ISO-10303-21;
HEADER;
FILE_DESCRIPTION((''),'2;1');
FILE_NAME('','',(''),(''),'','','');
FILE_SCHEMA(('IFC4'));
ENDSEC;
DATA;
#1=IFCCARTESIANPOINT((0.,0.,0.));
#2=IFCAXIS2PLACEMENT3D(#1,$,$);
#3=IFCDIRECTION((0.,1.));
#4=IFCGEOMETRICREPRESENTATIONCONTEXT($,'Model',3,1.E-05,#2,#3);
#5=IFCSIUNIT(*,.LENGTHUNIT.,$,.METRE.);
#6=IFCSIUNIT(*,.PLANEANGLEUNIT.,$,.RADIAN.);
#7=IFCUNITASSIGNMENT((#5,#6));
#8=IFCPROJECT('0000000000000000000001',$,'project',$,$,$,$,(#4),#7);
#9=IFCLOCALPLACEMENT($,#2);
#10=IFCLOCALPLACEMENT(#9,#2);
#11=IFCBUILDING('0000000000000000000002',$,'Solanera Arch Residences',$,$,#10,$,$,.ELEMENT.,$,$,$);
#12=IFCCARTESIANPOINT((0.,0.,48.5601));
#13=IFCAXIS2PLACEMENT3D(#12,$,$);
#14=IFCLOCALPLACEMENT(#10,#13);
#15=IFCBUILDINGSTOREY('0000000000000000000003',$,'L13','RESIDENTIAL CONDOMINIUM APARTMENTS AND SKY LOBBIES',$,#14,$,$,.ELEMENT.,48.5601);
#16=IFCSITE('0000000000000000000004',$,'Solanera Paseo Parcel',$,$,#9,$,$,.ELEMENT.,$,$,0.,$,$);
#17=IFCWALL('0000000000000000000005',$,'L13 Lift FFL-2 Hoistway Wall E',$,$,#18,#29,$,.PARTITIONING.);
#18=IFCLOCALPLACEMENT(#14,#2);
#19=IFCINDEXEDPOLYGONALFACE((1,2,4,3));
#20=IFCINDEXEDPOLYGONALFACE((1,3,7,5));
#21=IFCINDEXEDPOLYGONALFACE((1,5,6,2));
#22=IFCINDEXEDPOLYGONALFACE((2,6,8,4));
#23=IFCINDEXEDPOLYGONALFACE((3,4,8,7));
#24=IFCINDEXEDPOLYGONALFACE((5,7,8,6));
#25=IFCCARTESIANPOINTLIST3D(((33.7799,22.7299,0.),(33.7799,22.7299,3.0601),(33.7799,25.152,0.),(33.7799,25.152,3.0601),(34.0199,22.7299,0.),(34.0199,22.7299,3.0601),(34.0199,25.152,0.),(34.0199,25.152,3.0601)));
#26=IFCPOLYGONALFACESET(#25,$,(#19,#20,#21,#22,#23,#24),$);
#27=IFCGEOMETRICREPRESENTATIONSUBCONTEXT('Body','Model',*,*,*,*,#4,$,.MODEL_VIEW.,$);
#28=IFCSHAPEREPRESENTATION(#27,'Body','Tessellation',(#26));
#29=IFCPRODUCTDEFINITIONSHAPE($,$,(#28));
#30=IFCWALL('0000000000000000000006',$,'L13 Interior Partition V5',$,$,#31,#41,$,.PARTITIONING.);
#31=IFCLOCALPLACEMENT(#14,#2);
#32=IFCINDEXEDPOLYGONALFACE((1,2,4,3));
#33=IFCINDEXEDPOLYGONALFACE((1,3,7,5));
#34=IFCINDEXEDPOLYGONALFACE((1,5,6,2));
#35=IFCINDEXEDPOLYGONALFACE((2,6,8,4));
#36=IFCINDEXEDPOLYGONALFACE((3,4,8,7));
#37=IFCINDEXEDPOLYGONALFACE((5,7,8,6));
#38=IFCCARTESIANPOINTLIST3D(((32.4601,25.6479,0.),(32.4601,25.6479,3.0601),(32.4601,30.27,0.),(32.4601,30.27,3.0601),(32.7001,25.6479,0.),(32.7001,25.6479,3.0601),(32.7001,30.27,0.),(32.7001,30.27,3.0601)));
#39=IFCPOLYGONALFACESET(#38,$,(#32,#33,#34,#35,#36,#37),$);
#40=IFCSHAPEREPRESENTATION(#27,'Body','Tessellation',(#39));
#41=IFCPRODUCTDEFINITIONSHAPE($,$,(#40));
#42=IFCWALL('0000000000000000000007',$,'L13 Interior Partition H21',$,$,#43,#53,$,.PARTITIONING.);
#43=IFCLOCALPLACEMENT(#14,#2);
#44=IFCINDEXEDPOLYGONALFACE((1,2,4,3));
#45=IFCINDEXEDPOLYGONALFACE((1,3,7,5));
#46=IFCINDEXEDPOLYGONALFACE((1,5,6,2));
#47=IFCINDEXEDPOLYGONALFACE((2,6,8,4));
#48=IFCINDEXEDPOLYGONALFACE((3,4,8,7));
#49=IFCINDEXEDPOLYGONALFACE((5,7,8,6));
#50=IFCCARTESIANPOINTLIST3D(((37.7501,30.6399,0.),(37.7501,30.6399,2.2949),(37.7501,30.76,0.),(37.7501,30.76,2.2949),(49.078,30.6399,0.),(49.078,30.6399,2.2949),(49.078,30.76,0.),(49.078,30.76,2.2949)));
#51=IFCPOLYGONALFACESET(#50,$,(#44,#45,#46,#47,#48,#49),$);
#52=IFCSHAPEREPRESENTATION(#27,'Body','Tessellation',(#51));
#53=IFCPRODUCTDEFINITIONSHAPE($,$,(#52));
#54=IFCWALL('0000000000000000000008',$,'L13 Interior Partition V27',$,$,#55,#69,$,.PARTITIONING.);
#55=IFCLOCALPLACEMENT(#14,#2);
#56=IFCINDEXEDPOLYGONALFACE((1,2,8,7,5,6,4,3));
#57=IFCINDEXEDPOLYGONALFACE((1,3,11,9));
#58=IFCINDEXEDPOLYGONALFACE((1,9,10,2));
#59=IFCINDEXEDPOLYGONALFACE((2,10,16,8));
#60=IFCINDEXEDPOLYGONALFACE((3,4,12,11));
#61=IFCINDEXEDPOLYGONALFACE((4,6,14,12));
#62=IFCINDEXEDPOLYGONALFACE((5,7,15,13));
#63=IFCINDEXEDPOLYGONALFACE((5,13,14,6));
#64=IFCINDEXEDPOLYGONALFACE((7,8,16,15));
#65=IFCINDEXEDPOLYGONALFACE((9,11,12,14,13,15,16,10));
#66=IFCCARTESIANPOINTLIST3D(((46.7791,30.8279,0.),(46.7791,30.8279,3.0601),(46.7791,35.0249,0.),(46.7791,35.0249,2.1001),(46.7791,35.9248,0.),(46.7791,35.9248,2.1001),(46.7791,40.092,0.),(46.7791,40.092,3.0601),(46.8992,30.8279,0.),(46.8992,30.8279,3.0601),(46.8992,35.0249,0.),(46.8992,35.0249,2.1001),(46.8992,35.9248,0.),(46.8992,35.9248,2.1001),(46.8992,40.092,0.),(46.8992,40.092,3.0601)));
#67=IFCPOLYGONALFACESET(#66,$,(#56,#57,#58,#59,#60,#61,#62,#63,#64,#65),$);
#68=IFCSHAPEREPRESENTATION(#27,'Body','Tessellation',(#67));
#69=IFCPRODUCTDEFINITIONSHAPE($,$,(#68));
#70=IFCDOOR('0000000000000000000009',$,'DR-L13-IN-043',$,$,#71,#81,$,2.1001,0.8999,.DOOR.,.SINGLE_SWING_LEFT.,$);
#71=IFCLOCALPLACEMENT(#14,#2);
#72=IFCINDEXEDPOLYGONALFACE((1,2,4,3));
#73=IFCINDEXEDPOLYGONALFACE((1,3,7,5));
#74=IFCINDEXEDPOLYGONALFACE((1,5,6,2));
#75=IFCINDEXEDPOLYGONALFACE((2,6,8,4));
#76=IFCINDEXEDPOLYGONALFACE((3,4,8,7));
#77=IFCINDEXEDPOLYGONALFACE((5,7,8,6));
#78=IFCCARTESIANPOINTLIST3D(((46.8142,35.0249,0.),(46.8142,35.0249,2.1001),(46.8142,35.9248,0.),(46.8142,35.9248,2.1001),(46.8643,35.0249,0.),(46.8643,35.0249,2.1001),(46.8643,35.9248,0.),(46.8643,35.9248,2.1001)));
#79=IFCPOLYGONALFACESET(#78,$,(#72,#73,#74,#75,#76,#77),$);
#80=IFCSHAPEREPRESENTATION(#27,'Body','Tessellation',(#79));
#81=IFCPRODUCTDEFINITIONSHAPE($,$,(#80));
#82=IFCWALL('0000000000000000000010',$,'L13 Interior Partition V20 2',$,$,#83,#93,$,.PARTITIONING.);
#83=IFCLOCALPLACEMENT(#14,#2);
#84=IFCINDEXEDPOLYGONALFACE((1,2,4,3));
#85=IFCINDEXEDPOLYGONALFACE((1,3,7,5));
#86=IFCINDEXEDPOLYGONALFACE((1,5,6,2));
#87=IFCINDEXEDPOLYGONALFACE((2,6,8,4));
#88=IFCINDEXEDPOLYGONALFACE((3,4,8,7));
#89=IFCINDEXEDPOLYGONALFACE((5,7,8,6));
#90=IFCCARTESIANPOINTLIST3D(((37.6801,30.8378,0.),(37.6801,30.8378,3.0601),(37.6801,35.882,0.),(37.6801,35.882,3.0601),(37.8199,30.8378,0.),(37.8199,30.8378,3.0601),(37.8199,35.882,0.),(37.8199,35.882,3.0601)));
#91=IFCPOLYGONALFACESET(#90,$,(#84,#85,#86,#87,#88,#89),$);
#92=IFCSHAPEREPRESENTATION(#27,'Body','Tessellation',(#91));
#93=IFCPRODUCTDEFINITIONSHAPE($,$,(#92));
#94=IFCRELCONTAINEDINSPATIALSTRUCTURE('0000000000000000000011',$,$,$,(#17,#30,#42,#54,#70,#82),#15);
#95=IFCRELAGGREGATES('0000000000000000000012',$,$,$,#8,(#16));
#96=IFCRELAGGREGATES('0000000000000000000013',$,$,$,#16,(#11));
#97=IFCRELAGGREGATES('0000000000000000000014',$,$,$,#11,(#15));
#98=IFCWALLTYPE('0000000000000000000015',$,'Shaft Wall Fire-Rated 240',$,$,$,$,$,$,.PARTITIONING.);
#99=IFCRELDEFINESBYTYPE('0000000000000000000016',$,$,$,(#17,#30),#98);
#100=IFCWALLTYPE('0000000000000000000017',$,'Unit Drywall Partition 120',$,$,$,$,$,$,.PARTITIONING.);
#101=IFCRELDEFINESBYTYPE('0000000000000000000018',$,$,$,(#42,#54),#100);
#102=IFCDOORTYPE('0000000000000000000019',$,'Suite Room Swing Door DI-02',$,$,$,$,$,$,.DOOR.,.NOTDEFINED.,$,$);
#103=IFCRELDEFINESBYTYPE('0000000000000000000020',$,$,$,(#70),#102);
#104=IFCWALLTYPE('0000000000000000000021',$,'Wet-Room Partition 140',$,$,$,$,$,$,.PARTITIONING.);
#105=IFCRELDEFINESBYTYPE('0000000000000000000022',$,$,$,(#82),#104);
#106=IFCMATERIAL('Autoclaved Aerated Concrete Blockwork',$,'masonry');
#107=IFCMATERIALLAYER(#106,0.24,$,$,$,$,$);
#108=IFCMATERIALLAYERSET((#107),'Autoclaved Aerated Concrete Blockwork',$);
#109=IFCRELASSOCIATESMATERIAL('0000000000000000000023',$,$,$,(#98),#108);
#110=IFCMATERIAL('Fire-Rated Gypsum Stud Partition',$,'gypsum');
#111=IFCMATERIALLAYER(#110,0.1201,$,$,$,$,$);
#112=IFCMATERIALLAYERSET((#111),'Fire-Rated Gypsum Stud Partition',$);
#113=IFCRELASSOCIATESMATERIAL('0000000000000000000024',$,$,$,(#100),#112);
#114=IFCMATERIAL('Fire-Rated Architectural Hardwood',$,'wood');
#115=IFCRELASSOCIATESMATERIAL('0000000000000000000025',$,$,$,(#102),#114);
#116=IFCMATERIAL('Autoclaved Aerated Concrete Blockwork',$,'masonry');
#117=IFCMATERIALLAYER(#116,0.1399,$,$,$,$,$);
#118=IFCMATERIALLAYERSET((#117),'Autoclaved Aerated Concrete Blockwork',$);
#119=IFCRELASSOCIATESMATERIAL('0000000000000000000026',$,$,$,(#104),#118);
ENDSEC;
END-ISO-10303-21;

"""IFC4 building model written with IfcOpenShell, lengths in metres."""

from ifc_helpers import new_model, si_unit, direction, frame, frame_2d, origin, place, context, subcontext, project, spatial, rectangle, extrude, material, layer, layer_set, type_object, element, fill, save


model = new_model("IFC4")

# Units and contexts
model_context = context("Model", 3, precision=1e-05, world=origin(), true_north=direction((0.0, 1.0)))
body_context = subcontext(model_context, "Body", "Model", "MODEL_VIEW")
ifc_project = project(units=[si_unit("LENGTHUNIT", "METRE"), si_unit("PLANEANGLEUNIT", "RADIAN")], contexts=[model_context])

# Site, building, storey
site_placement = place(None, origin())
site = spatial("IfcSite", under=ifc_project, at=site_placement, Name="Solanera Paseo Parcel", CompositionType="ELEMENT", RefElevation=0.0)
building_placement = place(site_placement, origin())
building = spatial("IfcBuilding", under=site, at=building_placement, Name="Solanera Arch Residences", CompositionType="ELEMENT")
storey_placement = place(building_placement, frame((0.0, 0.0, 48.5601)))
storey = spatial("IfcBuildingStorey", under=building, at=storey_placement, Name="L13", Description="RESIDENTIAL CONDOMINIUM APARTMENTS AND SKY LOBBIES", CompositionType="ELEMENT", Elevation=48.5601)

# Walls
ifc_material_1 = material(Name="Autoclaved Aerated Concrete Blockwork", Category="masonry")
ifc_layer_1 = layer(ifc_material_1, 0.24)
ifc_layer_set_1 = layer_set([ifc_layer_1], Name="Autoclaved Aerated Concrete Blockwork")
wall_type_1 = type_object("IfcWallType", Name="Shaft Wall Fire-Rated 240", PredefinedType="PARTITIONING", material=ifc_layer_set_1)
wall_1_placement = place(storey_placement, frame((33.8999, 22.73, 0.0), z_axis=(0.0, 0.0, 1.0), x_axis=(0.0, 1.0, 0.0)))
element("IfcWall", 1, at=wall_1_placement, inside=storey, type_object=wall_type_1, Name="L13 Lift FFL-2 Hoistway Wall E", PredefinedType="PARTITIONING", context=body_context, shape_type="SweptSolid", body=[
    extrude(rectangle(XDim=2.4221, YDim=0.24, at=frame_2d((1.2109, 0.0))), origin(), (0.0, 0.0, 1.0), 3.0601),
])
wall_2_placement = place(storey_placement, frame((32.5801, 25.6479, 0.0), z_axis=(0.0, 0.0, 1.0), x_axis=(0.0, 1.0, 0.0)))
element("IfcWall", 2, at=wall_2_placement, inside=storey, type_object=wall_type_1, Name="L13 Interior Partition V5", PredefinedType="PARTITIONING", context=body_context, shape_type="SweptSolid", body=[
    extrude(rectangle(XDim=4.6221, YDim=0.24, at=frame_2d((2.311, 0.0))), origin(), (0.0, 0.0, 1.0), 3.0601),
])
ifc_material_2 = material(Name="Fire-Rated Gypsum Stud Partition", Category="gypsum")
ifc_layer_2 = layer(ifc_material_2, 0.1201)
ifc_layer_set_2 = layer_set([ifc_layer_2], Name="Fire-Rated Gypsum Stud Partition")
wall_type_2 = type_object("IfcWallType", Name="Unit Drywall Partition 120", PredefinedType="PARTITIONING", material=ifc_layer_set_2)
wall_3_placement = place(storey_placement, frame((37.75, 30.7, 0.0), z_axis=(0.0, 0.0, 1.0), x_axis=(1.0, 0.0, 0.0)))
element("IfcWall", 3, at=wall_3_placement, inside=storey, type_object=wall_type_2, Name="L13 Interior Partition H21", PredefinedType="PARTITIONING", context=body_context, shape_type="SweptSolid", body=[
    extrude(rectangle(XDim=11.3279, YDim=0.1201, at=frame_2d((5.6641, 0.0))), origin(), (0.0, 0.0, 1.0), 2.2949),
])

# Wall, opening, door
wall_4_placement = place(storey_placement, frame((46.8391, 30.8279, 0.0), z_axis=(0.0, 0.0, 1.0), x_axis=(0.0, 1.0, 0.0)))
wall_4 = element("IfcWall", 4, at=wall_4_placement, inside=storey, type_object=wall_type_2, Name="L13 Interior Partition V27", PredefinedType="PARTITIONING", context=body_context, shape_type="SweptSolid", body=[
    extrude(rectangle(XDim=9.2642, YDim=0.1201, at=frame_2d((4.6321, 0.0))), origin(), (0.0, 0.0, 1.0), 3.0601),
])
opening_placement = place(wall_4_placement, frame((4.197, 0.0, 0.0)))
opening = element("IfcOpeningElement", 5, at=opening_placement, cuts=wall_4, PredefinedType="OPENING", context=body_context, shape_type="SweptSolid", body=[
    extrude(rectangle(XDim=0.8999, YDim=2.1001, at=frame_2d((0.45, 1.05))), frame((0.0, 0.0701, 0.0), z_axis=(0.0, -1.0, 0.0), x_axis=(1.0, 0.0, 0.0)), (0.0, 0.0, 1.0), 0.1401),
])
ifc_material_3 = material(Name="Fire-Rated Architectural Hardwood", Category="wood")
door_type = type_object("IfcDoorType", Name="Suite Room Swing Door DI-02", OperationType="NOTDEFINED", PredefinedType="DOOR", material=ifc_material_3)
door_placement = place(opening_placement, origin())
door = element("IfcDoor", 6, at=door_placement, inside=storey, type_object=door_type, Name="DR-L13-IN-043", OperationType="SINGLE_SWING_LEFT", OverallHeight=2.1001, OverallWidth=0.8999, PredefinedType="DOOR", context=body_context, shape_type="SweptSolid", body=[
    extrude(rectangle(XDim=0.8999, YDim=2.1001, at=frame_2d((0.45, 1.05))), frame((0.0, 0.0249, 0.0), z_axis=(0.0, -1.0, 0.0), x_axis=(1.0, 0.0, 0.0)), (0.0, 0.0, 1.0), 0.05),
])
fill(opening, door)

# Wall
ifc_material_4 = material(Name="Autoclaved Aerated Concrete Blockwork", Category="masonry")
ifc_layer_3 = layer(ifc_material_4, 0.1399)
ifc_layer_set_3 = layer_set([ifc_layer_3], Name="Autoclaved Aerated Concrete Blockwork")
wall_type_3 = type_object("IfcWallType", Name="Wet-Room Partition 140", PredefinedType="PARTITIONING", material=ifc_layer_set_3)
wall_5_placement = place(storey_placement, frame((37.75, 30.8379, 0.0), z_axis=(0.0, 0.0, 1.0), x_axis=(0.0, 1.0, 0.0)))
element("IfcWall", 7, at=wall_5_placement, inside=storey, type_object=wall_type_3, Name="L13 Interior Partition V20 2", PredefinedType="PARTITIONING", context=body_context, shape_type="SweptSolid", body=[
    extrude(rectangle(XDim=5.0442, YDim=0.1399, at=frame_2d((2.522, 0.0))), origin(), (0.0, 0.0, 1.0), 3.0601),
])

save(model, "model.ifc")
